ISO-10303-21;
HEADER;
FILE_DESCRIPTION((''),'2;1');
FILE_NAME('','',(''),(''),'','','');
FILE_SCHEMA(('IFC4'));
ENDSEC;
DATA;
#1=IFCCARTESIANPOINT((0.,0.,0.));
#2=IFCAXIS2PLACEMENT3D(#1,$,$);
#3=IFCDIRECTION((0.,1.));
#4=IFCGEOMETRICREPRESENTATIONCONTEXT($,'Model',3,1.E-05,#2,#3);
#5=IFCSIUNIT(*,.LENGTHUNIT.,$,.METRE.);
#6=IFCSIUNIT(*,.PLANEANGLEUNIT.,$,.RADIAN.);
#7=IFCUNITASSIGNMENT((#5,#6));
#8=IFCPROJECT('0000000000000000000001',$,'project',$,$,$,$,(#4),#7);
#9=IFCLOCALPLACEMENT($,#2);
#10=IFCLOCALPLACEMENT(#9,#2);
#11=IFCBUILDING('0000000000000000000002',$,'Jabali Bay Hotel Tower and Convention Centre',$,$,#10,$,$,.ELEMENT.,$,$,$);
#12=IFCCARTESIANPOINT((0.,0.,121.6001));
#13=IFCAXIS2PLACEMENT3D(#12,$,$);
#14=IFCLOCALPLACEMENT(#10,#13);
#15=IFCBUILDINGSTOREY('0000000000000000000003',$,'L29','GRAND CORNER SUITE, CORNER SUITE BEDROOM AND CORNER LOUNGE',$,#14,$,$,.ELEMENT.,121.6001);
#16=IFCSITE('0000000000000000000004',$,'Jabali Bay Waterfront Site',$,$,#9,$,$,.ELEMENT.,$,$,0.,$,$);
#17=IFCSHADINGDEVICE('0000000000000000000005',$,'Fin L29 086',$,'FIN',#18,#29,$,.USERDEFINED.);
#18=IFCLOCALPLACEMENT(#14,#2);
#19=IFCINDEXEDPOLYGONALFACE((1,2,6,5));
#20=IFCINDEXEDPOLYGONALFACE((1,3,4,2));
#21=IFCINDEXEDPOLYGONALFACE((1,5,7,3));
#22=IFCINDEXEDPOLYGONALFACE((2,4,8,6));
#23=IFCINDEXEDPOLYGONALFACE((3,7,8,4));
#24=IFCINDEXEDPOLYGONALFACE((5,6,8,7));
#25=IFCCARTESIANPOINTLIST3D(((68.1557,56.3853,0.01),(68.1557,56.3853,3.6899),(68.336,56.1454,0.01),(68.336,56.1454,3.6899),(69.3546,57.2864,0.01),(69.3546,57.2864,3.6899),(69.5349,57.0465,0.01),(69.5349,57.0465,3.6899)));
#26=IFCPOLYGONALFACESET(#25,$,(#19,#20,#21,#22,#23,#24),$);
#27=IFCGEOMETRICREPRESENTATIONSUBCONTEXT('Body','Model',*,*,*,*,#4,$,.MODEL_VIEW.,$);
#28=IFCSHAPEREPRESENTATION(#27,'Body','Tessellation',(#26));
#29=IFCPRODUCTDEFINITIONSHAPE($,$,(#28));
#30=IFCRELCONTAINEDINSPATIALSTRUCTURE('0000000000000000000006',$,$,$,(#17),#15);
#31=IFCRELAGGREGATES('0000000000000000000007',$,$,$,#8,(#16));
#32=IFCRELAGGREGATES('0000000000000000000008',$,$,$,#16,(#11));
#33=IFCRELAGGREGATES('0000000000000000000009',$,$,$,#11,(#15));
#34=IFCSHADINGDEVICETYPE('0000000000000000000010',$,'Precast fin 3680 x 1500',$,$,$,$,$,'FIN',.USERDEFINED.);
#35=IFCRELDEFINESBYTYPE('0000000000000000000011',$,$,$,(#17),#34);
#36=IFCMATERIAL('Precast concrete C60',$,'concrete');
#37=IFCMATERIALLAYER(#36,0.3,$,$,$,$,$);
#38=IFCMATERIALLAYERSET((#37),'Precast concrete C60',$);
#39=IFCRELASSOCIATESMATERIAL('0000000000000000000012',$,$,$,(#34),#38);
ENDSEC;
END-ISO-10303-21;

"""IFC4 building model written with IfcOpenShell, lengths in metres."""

from ifc_helpers import new_model, si_unit, direction, frame, frame_2d, origin, place, context, subcontext, project, spatial, rectangle, extrude, material, layer, layer_set, type_object, element, save


model = new_model("IFC4")

# Units and contexts
model_context = context("Model", 3, precision=1e-05, world=origin(), true_north=direction((0.0, 1.0)))
body_context = subcontext(model_context, "Body", "Model", "MODEL_VIEW")
ifc_project = project(units=[si_unit("LENGTHUNIT", "METRE"), si_unit("PLANEANGLEUNIT", "RADIAN")], contexts=[model_context])

# Site, building, storey
site_placement = place(None, origin())
site = spatial("IfcSite", under=ifc_project, at=site_placement, Name="Jabali Bay Waterfront Site", CompositionType="ELEMENT", RefElevation=0.0)
building_placement = place(site_placement, origin())
building = spatial("IfcBuilding", under=site, at=building_placement, Name="Jabali Bay Hotel Tower and Convention Centre", CompositionType="ELEMENT")
storey_placement = place(building_placement, frame((0.0, 0.0, 121.6001)))
storey = spatial("IfcBuildingStorey", under=building, at=storey_placement, Name="L29", Description="GRAND CORNER SUITE, CORNER SUITE BEDROOM AND CORNER LOUNGE", CompositionType="ELEMENT", Elevation=121.6001)

# Shading device
ifc_material_1 = material(Name="Precast concrete C60", Category="concrete")
ifc_layer_1 = layer(ifc_material_1, 0.3)
ifc_layer_set_1 = layer_set([ifc_layer_1], Name="Precast concrete C60")
shading_device_type_1 = type_object("IfcShadingDeviceType", Name="Precast fin 3680 x 1500", ElementType="FIN", PredefinedType="USERDEFINED", material=ifc_layer_set_1)
shading_device_1_placement = place(storey_placement, frame((69.4448, 57.1665, 0.01), z_axis=(0.0, 0.0, 1.0), x_axis=(-0.799394, -0.600807, 0.0)))
element("IfcShadingDevice", 1, at=shading_device_1_placement, inside=storey, type_object=shading_device_type_1, Name="Fin L29 086", ObjectType="FIN", PredefinedType="USERDEFINED", context=body_context, shape_type="SweptSolid", body=[
    extrude(rectangle(XDim=1.4998, YDim=0.3, at=frame_2d((0.75, 0.0))), origin(), (0.0, 0.0, 1.0), 3.6799),
])

save(model, "model.ifc")
